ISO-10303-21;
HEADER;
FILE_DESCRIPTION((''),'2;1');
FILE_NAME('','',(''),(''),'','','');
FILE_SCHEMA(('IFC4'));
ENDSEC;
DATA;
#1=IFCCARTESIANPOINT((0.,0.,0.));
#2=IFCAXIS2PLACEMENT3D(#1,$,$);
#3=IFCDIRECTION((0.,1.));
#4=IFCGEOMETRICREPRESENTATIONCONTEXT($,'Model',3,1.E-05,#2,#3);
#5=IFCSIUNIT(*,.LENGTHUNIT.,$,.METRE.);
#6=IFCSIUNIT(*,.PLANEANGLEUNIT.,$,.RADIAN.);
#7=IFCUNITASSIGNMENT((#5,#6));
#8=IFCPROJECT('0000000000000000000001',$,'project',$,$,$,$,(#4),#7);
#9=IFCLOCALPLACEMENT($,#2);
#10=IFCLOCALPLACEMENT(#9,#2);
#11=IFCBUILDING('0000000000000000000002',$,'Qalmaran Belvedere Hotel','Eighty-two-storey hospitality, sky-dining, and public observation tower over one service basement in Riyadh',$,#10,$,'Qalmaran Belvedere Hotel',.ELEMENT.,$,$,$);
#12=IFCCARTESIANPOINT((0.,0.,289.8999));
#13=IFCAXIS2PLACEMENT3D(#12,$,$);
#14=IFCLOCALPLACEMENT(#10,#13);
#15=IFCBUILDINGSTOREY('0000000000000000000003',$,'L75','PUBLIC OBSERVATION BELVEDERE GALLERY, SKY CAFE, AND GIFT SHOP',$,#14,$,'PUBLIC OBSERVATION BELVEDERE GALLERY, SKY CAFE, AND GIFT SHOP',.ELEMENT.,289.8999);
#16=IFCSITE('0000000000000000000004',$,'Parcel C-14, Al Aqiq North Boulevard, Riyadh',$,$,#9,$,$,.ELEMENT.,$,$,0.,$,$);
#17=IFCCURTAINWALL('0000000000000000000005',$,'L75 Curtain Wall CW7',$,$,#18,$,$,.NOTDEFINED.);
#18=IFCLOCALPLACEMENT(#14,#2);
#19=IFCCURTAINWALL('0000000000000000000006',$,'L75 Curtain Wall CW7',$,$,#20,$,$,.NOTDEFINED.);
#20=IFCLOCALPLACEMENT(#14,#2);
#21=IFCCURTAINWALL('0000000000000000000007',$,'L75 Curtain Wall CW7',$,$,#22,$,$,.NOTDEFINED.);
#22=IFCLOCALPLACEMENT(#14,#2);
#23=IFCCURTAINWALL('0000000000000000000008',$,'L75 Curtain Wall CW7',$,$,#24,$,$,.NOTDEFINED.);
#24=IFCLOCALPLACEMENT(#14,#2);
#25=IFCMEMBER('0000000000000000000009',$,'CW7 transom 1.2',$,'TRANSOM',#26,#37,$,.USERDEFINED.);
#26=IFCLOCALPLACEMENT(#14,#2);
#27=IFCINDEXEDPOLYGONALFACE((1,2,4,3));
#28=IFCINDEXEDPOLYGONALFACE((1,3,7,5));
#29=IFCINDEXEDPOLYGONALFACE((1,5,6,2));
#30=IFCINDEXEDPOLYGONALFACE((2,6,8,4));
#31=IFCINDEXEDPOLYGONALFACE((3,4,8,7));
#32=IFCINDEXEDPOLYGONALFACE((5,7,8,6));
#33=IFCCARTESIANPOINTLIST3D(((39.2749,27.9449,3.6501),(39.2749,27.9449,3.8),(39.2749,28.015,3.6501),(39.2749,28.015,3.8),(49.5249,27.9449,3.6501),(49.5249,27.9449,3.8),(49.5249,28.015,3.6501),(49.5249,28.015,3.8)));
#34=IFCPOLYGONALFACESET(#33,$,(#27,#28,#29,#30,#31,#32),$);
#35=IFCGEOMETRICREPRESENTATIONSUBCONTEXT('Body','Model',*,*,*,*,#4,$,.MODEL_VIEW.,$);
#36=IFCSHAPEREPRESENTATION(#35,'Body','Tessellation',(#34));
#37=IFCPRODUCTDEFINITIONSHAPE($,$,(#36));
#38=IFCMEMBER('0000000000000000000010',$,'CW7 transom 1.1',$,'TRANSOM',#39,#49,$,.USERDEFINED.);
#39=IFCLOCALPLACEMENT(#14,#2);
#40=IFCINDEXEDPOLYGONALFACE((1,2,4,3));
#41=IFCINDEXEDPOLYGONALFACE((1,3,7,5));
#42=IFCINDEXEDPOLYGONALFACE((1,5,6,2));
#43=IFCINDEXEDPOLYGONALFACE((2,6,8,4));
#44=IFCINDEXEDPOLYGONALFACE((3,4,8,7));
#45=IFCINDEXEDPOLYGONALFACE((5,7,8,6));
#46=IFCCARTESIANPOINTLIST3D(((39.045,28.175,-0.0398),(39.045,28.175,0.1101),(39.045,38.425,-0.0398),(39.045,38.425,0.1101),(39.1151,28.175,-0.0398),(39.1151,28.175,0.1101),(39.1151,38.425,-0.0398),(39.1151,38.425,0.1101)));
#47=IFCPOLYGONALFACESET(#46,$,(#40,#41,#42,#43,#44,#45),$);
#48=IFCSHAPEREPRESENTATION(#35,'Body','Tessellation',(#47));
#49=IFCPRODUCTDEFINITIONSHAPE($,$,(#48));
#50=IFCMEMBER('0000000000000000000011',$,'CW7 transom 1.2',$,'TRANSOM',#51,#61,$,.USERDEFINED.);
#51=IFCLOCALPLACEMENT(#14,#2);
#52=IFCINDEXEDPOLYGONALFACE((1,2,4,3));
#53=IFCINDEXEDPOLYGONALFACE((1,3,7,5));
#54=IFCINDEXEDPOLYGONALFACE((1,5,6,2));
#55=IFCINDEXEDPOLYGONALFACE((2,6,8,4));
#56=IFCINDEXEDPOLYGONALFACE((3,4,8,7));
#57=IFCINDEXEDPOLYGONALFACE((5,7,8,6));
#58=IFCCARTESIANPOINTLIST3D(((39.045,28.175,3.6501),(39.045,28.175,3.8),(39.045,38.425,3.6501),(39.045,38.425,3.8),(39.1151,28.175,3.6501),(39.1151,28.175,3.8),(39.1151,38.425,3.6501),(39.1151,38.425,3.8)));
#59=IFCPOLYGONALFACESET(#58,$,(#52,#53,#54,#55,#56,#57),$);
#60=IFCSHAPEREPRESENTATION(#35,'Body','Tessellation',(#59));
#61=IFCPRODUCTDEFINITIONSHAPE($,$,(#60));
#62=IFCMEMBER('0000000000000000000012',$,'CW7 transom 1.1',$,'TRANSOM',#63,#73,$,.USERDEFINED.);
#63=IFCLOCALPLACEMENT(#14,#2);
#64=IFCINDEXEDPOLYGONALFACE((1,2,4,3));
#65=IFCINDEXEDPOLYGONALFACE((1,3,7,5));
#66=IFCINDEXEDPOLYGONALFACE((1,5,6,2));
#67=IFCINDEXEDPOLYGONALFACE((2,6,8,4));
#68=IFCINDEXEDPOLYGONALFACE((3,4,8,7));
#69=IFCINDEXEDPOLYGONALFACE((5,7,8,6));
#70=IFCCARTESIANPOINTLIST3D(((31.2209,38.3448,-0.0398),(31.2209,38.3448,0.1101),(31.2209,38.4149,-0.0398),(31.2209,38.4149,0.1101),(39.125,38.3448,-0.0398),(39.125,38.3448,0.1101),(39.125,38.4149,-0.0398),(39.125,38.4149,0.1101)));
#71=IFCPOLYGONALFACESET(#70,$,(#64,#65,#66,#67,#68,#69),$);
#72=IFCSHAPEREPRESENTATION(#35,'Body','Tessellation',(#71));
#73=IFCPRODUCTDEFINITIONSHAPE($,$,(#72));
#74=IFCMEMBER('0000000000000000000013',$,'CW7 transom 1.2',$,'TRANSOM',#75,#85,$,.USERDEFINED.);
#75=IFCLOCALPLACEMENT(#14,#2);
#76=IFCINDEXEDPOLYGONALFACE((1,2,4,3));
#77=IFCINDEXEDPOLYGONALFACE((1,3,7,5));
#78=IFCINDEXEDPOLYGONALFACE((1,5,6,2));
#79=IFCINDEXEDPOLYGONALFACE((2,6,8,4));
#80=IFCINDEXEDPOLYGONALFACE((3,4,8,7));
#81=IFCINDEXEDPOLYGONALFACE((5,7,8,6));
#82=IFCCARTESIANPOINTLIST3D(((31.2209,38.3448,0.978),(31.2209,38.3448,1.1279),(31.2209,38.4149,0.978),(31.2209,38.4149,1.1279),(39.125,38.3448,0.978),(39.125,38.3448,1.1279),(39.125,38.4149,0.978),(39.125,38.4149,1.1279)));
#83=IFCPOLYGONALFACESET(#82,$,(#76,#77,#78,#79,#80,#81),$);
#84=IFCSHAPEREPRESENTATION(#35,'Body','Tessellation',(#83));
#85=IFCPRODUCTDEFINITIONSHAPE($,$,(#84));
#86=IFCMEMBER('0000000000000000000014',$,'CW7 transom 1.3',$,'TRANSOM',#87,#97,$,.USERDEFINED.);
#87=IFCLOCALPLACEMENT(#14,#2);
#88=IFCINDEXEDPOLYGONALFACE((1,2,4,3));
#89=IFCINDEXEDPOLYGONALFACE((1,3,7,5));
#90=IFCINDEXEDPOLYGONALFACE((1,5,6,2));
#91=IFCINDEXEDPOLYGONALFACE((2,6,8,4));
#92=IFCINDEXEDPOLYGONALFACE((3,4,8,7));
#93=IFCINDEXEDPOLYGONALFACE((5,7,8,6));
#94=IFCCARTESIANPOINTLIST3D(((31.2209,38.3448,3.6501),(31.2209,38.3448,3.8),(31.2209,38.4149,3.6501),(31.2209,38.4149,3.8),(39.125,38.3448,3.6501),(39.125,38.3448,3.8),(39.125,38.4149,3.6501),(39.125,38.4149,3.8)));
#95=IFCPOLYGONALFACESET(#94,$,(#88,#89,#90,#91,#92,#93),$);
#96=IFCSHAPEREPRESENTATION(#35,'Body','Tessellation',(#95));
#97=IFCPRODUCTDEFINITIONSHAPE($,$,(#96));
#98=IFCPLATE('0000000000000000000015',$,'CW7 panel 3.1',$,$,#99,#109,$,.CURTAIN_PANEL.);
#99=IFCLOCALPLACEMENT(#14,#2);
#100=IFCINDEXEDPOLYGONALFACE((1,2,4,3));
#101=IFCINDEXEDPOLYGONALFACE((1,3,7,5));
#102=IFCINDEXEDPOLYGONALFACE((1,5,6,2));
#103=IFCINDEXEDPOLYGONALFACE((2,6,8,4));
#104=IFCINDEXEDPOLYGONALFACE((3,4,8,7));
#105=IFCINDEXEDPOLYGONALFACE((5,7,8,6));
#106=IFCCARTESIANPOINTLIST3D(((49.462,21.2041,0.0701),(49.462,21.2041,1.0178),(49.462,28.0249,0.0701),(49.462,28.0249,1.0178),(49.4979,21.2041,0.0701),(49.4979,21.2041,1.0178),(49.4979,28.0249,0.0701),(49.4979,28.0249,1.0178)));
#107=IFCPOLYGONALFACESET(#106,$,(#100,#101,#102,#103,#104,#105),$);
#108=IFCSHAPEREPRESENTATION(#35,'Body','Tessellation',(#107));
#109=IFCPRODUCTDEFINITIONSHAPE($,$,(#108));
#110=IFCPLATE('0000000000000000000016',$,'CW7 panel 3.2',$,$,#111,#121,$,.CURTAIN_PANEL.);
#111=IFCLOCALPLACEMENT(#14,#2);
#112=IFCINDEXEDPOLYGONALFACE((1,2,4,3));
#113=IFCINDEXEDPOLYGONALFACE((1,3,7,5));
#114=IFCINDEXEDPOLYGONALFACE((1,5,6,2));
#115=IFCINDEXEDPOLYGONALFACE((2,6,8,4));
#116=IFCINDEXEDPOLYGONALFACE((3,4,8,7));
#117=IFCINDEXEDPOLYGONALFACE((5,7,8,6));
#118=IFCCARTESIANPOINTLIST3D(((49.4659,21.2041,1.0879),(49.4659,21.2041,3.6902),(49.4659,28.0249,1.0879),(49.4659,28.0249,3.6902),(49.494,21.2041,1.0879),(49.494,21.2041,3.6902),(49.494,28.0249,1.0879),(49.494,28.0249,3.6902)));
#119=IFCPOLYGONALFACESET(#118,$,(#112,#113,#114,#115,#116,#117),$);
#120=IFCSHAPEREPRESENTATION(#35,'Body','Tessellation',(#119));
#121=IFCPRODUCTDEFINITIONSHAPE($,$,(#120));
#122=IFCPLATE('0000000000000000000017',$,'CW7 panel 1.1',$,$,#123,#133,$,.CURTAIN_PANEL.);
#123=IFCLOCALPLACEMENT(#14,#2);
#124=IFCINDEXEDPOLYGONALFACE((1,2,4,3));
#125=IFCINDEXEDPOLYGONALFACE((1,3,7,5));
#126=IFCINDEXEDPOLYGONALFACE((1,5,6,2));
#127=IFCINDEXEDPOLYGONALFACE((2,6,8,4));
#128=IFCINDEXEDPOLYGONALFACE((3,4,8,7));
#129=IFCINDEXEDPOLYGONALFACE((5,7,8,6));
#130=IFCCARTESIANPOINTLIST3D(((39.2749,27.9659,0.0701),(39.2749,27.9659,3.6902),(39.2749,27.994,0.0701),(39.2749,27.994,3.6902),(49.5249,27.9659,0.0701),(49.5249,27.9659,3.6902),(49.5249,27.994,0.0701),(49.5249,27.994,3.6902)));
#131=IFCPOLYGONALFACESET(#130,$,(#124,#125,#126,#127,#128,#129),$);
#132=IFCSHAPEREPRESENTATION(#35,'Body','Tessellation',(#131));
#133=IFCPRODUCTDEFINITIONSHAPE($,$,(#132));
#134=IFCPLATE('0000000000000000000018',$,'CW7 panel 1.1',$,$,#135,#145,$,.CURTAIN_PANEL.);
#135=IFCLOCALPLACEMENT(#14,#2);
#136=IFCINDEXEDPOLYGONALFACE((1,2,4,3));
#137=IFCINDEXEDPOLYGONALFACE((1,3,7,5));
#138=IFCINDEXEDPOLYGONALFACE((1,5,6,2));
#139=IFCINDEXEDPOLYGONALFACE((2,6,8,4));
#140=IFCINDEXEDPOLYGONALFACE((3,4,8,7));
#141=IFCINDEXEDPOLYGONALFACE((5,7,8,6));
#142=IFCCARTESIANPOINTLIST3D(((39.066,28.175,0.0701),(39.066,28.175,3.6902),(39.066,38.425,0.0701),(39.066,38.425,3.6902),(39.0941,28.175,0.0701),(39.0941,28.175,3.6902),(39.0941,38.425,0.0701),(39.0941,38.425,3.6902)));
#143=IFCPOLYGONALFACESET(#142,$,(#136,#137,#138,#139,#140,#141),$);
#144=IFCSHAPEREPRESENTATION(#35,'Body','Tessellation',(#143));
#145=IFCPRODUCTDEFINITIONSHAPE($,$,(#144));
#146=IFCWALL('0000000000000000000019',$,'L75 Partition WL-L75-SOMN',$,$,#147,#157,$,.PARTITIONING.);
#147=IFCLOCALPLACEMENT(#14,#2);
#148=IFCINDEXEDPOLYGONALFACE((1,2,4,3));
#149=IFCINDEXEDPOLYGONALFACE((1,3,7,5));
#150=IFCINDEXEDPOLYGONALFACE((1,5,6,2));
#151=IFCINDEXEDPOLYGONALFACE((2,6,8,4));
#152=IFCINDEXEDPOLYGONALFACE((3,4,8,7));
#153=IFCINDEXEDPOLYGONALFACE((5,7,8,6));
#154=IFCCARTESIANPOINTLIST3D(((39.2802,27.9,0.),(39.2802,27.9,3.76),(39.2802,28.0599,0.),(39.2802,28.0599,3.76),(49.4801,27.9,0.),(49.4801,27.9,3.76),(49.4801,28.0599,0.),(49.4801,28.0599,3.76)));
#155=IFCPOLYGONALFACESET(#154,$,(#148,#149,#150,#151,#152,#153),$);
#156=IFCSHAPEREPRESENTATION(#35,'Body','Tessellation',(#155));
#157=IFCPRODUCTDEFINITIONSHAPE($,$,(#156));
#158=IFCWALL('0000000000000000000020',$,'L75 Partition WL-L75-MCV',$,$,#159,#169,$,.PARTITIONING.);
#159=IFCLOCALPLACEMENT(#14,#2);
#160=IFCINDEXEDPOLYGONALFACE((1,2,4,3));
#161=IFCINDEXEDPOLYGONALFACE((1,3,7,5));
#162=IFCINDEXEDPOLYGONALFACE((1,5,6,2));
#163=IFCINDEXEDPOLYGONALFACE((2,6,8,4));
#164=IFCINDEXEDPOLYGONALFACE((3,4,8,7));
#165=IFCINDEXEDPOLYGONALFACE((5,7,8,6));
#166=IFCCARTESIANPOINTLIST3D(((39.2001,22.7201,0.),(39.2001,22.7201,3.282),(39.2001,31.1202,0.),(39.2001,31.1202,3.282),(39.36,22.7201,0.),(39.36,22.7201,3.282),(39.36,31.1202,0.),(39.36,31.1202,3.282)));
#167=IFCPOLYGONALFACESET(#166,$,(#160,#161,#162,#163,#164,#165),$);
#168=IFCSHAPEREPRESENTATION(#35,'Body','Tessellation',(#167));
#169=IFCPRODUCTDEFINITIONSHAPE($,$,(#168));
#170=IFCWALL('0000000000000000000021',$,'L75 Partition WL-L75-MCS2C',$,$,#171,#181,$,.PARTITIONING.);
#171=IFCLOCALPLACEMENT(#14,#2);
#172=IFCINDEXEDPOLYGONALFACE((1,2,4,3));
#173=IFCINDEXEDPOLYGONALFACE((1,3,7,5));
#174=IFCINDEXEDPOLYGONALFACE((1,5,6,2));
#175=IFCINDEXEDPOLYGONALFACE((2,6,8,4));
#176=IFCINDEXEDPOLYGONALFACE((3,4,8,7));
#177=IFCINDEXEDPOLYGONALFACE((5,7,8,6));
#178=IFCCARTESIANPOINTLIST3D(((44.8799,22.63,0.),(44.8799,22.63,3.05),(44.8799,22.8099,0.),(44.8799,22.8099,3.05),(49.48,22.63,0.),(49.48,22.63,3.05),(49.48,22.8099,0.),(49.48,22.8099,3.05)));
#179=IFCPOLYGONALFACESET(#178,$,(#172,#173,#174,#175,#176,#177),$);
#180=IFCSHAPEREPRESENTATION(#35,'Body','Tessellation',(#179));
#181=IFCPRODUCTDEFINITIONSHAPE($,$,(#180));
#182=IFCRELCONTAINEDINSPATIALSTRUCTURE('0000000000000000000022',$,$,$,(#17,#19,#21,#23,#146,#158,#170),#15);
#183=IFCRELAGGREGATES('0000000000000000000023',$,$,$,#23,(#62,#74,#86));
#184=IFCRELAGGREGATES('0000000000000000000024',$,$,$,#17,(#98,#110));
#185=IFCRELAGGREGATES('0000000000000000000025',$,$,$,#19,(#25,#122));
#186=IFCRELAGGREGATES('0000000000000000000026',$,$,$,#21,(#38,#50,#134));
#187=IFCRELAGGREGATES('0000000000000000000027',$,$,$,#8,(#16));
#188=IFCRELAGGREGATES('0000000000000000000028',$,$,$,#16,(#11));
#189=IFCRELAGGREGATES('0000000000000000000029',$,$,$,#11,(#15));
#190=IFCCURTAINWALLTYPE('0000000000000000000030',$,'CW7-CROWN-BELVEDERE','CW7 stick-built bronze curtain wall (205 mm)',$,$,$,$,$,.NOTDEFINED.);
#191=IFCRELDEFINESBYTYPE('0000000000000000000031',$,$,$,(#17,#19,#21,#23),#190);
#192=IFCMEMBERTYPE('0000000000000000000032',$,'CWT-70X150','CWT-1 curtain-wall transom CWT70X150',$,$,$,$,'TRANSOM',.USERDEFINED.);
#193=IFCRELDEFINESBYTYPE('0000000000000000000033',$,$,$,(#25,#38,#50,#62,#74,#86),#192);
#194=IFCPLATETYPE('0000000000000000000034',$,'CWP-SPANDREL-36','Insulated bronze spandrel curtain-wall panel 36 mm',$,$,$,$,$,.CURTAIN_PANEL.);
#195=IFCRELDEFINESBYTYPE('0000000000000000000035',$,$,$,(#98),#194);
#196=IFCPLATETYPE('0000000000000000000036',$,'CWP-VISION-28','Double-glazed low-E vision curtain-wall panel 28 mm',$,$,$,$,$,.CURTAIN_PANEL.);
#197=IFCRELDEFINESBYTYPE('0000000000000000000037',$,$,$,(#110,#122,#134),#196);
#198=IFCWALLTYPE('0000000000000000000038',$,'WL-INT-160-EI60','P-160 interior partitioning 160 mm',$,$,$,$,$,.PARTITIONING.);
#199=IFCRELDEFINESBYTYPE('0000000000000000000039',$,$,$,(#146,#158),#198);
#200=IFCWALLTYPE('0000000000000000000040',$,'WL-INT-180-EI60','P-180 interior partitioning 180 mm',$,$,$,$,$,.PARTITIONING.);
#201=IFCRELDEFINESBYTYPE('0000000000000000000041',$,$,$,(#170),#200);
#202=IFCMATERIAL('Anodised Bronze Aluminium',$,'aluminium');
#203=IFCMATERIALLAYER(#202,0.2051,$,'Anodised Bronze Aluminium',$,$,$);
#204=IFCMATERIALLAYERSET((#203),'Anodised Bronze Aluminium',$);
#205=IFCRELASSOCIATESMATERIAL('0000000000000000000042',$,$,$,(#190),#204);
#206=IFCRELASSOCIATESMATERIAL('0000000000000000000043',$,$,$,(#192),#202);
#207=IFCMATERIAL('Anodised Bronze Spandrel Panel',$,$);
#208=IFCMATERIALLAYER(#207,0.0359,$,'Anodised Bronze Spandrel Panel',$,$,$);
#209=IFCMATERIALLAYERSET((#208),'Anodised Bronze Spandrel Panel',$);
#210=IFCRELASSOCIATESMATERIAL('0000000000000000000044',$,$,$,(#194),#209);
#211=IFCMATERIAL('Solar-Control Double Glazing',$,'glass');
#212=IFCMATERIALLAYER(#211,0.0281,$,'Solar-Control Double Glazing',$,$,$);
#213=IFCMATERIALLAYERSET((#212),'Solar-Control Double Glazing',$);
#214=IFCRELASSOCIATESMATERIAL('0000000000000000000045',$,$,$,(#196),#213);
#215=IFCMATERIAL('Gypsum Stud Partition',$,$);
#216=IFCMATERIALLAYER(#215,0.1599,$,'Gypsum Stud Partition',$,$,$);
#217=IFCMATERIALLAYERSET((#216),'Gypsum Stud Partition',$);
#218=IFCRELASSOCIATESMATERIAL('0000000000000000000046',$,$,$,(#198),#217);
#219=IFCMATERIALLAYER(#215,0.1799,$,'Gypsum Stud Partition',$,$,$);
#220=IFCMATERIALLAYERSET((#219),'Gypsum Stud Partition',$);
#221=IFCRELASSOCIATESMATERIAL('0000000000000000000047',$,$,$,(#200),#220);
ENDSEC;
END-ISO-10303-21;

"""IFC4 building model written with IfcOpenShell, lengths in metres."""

from ifc_helpers import new_model, si_unit, direction, frame, frame_2d, origin, origin_2d, place, context, subcontext, project, spatial, rectangle, extrude, material, layer, layer_set, material_profile, profile_set, type_object, element, aggregate, save


model = new_model("IFC4")

# Units and contexts
model_context = context("Model", 3, precision=1e-05, world=origin(), true_north=direction((0.0, 1.0)))
body_context = subcontext(model_context, "Body", "Model", "MODEL_VIEW")
ifc_project = project(units=[si_unit("LENGTHUNIT", "METRE"), si_unit("PLANEANGLEUNIT", "RADIAN")], contexts=[model_context])

# Site, building, storey
site_placement = place(None, origin())
site = spatial("IfcSite", under=ifc_project, at=site_placement, Name="Parcel C-14, Al Aqiq North Boulevard, Riyadh", CompositionType="ELEMENT", RefElevation=0.0)
building_placement = place(site_placement, origin())
building = spatial("IfcBuilding", under=site, at=building_placement, Name="Qalmaran Belvedere Hotel", Description="Eighty-two-storey hospitality, sky-dining, and public observation tower over one service basement in Riyadh", LongName="Qalmaran Belvedere Hotel", CompositionType="ELEMENT")
storey_placement = place(building_placement, frame((0.0, 0.0, 289.8999)))
storey = spatial("IfcBuildingStorey", under=building, at=storey_placement, Name="L75", Description="PUBLIC OBSERVATION BELVEDERE GALLERY, SKY CAFE, AND GIFT SHOP", LongName="PUBLIC OBSERVATION BELVEDERE GALLERY, SKY CAFE, AND GIFT SHOP", CompositionType="ELEMENT", Elevation=289.8999)

# Curtain walls
ifc_material_1 = material(Name="Anodised Bronze Aluminium", Category="aluminium")
ifc_layer_1 = layer(ifc_material_1, 0.2051, Name="Anodised Bronze Aluminium")
ifc_layer_set_1 = layer_set([ifc_layer_1], Name="Anodised Bronze Aluminium")
curtain_wall_type = type_object("IfcCurtainWallType", Name="CW7-CROWN-BELVEDERE", Description="CW7 stick-built bronze curtain wall (205 mm)", PredefinedType="NOTDEFINED", material=ifc_layer_set_1)
curtain_wall_1_placement = place(storey_placement, origin())
curtain_wall_1 = element("IfcCurtainWall", 1, at=curtain_wall_1_placement, inside=storey, type_object=curtain_wall_type, Name="L75 Curtain Wall CW7", PredefinedType="NOTDEFINED")
curtain_wall_2_placement = place(storey_placement, origin())
curtain_wall_2 = element("IfcCurtainWall", 2, at=curtain_wall_2_placement, inside=storey, type_object=curtain_wall_type, Name="L75 Curtain Wall CW7", PredefinedType="NOTDEFINED")
curtain_wall_3_placement = place(storey_placement, origin())
curtain_wall_3 = element("IfcCurtainWall", 3, at=curtain_wall_3_placement, inside=storey, type_object=curtain_wall_type, Name="L75 Curtain Wall CW7", PredefinedType="NOTDEFINED")

# Curtain wall
curtain_wall_4_placement = place(storey_placement, origin())
curtain_wall_4 = element("IfcCurtainWall", 4, at=curtain_wall_4_placement, inside=storey, type_object=curtain_wall_type, Name="L75 Curtain Wall CW7", PredefinedType="NOTDEFINED")

# Members
ifc_material_profile_1 = material_profile(ifc_material_1, rectangle(XDim=0.0701, YDim=0.1499, at=origin_2d()), Name="CWT70X150")
ifc_profile_set_1 = profile_set([ifc_material_profile_1], Name="Anodised Bronze Aluminium")
member_type_1 = type_object("IfcMemberType", Name="CWT-70X150", Description="CWT-1 curtain-wall transom CWT70X150", ElementType="TRANSOM", PredefinedType="USERDEFINED", material=ifc_profile_set_1)
member_1_placement = place(storey_placement, frame((49.5249, 27.98, 3.7251), z_axis=(-1.0, 0.0, 0.0), x_axis=(0.0, -1.0, 0.0)))
member_1 = element("IfcMember", 5, at=member_1_placement, type_object=member_type_1, Name="CW7 transom 1.2", ObjectType="TRANSOM", PredefinedType="USERDEFINED", context=body_context, shape_type="SweptSolid", body=[
    extrude(rectangle(XDim=0.0701, YDim=0.1499, at=origin_2d()), origin(), (0.0, 0.0, 1.0), 10.25),
])
member_2_placement = place(storey_placement, frame((39.0801, 28.175, 0.0352), z_axis=(0.0, 1.0, 0.0), x_axis=(-1.0, 0.0, 0.0)))
member_2 = element("IfcMember", 6, at=member_2_placement, type_object=member_type_1, Name="CW7 transom 1.1", ObjectType="TRANSOM", PredefinedType="USERDEFINED", context=body_context, shape_type="SweptSolid", body=[
    extrude(rectangle(XDim=0.0701, YDim=0.1499, at=origin_2d()), origin(), (0.0, 0.0, 1.0), 10.25),
])
member_3_placement = place(storey_placement, frame((39.0801, 28.175, 3.7251), z_axis=(0.0, 1.0, 0.0), x_axis=(-1.0, 0.0, 0.0)))
member_3 = element("IfcMember", 7, at=member_3_placement, type_object=member_type_1, Name="CW7 transom 1.2", ObjectType="TRANSOM", PredefinedType="USERDEFINED", context=body_context, shape_type="SweptSolid", body=[
    extrude(rectangle(XDim=0.0701, YDim=0.1499, at=origin_2d()), origin(), (0.0, 0.0, 1.0), 10.25),
])
member_4_placement = place(storey_placement, frame((39.125, 38.3799, 0.0352), z_axis=(-1.0, 0.0, 0.0), x_axis=(0.0, -1.0, 0.0)))
member_4 = element("IfcMember", 8, at=member_4_placement, type_object=member_type_1, Name="CW7 transom 1.1", ObjectType="TRANSOM", PredefinedType="USERDEFINED", context=body_context, shape_type="SweptSolid", body=[
    extrude(rectangle(XDim=0.0701, YDim=0.1499, at=origin_2d()), origin(), (0.0, 0.0, 1.0), 7.9041),
])
member_5_placement = place(storey_placement, frame((39.125, 38.3799, 1.053), z_axis=(-1.0, 0.0, 0.0), x_axis=(0.0, -1.0, 0.0)))
member_5 = element("IfcMember", 9, at=member_5_placement, type_object=member_type_1, Name="CW7 transom 1.2", ObjectType="TRANSOM", PredefinedType="USERDEFINED", context=body_context, shape_type="SweptSolid", body=[
    extrude(rectangle(XDim=0.0701, YDim=0.1499, at=origin_2d()), origin(), (0.0, 0.0, 1.0), 7.9041),
])
member_6_placement = place(storey_placement, frame((39.125, 38.3799, 3.7251), z_axis=(-1.0, 0.0, 0.0), x_axis=(0.0, -1.0, 0.0)))
member_6 = element("IfcMember", 10, at=member_6_placement, type_object=member_type_1, Name="CW7 transom 1.3", ObjectType="TRANSOM", PredefinedType="USERDEFINED", context=body_context, shape_type="SweptSolid", body=[
    extrude(rectangle(XDim=0.0701, YDim=0.1499, at=origin_2d()), origin(), (0.0, 0.0, 1.0), 7.9041),
])
aggregate(curtain_wall_4, [member_4, member_5, member_6])

# Plates
ifc_material_2 = material(Name="Anodised Bronze Spandrel Panel")
ifc_layer_2 = layer(ifc_material_2, 0.0359, Name="Anodised Bronze Spandrel Panel")
ifc_layer_set_2 = layer_set([ifc_layer_2], Name="Anodised Bronze Spandrel Panel")
plate_type_1 = type_object("IfcPlateType", Name="CWP-SPANDREL-36", Description="Insulated bronze spandrel curtain-wall panel 36 mm", PredefinedType="CURTAIN_PANEL", material=ifc_layer_set_2)
plate_1_placement = place(storey_placement, frame((49.48, 24.6145, 0.0701), z_axis=(0.0, 0.0, 1.0), x_axis=(0.0, 1.0, 0.0)))
plate_1 = element("IfcPlate", 11, at=plate_1_placement, type_object=plate_type_1, Name="CW7 panel 3.1", PredefinedType="CURTAIN_PANEL", context=body_context, shape_type="SweptSolid", body=[
    extrude(rectangle(XDim=6.8208, YDim=0.0359, at=origin_2d()), origin(), (0.0, 0.0, 1.0), 0.9478),
])
ifc_material_3 = material(Name="Solar-Control Double Glazing", Category="glass")
ifc_layer_3 = layer(ifc_material_3, 0.0281, Name="Solar-Control Double Glazing")
ifc_layer_set_3 = layer_set([ifc_layer_3], Name="Solar-Control Double Glazing")
plate_type_2 = type_object("IfcPlateType", Name="CWP-VISION-28", Description="Double-glazed low-E vision curtain-wall panel 28 mm", PredefinedType="CURTAIN_PANEL", material=ifc_layer_set_3)
plate_2_placement = place(storey_placement, frame((49.48, 24.6145, 1.0879), z_axis=(0.0, 0.0, 1.0), x_axis=(0.0, 1.0, 0.0)))
plate_2 = element("IfcPlate", 12, at=plate_2_placement, type_object=plate_type_2, Name="CW7 panel 3.2", PredefinedType="CURTAIN_PANEL", context=body_context, shape_type="SweptSolid", body=[
    extrude(rectangle(XDim=6.8208, YDim=0.0281, at=origin_2d()), origin(), (0.0, 0.0, 1.0), 2.6023),
])
aggregate(curtain_wall_1, [plate_1, plate_2])
plate_3_placement = place(storey_placement, frame((44.3999, 27.98, 0.0701), z_axis=(0.0, 0.0, 1.0), x_axis=(-1.0, 0.0, 0.0)))
plate_3 = element("IfcPlate", 13, at=plate_3_placement, type_object=plate_type_2, Name="CW7 panel 1.1", PredefinedType="CURTAIN_PANEL", context=body_context, shape_type="SweptSolid", body=[
    extrude(rectangle(XDim=10.25, YDim=0.0281, at=origin_2d()), origin(), (0.0, 0.0, 1.0), 3.6201),
])
aggregate(curtain_wall_2, [member_1, plate_3])
plate_4_placement = place(storey_placement, frame((39.0801, 33.3, 0.0701), z_axis=(0.0, 0.0, 1.0), x_axis=(0.0, 1.0, 0.0)))
plate_4 = element("IfcPlate", 14, at=plate_4_placement, type_object=plate_type_2, Name="CW7 panel 1.1", PredefinedType="CURTAIN_PANEL", context=body_context, shape_type="SweptSolid", body=[
    extrude(rectangle(XDim=10.25, YDim=0.0281, at=origin_2d()), origin(), (0.0, 0.0, 1.0), 3.6201),
])
aggregate(curtain_wall_3, [member_2, member_3, plate_4])

# Walls
ifc_material_4 = material(Name="Gypsum Stud Partition")
ifc_layer_4 = layer(ifc_material_4, 0.1599, Name="Gypsum Stud Partition")
ifc_layer_set_4 = layer_set([ifc_layer_4], Name="Gypsum Stud Partition")
wall_type_1 = type_object("IfcWallType", Name="WL-INT-160-EI60", Description="P-160 interior partitioning 160 mm", PredefinedType="PARTITIONING", material=ifc_layer_set_4)
wall_1_placement = place(storey_placement, frame((39.28, 27.98, 0.0), z_axis=(0.0, 0.0, 1.0), x_axis=(1.0, 0.0, 0.0)))
element("IfcWall", 15, at=wall_1_placement, inside=storey, type_object=wall_type_1, Name="L75 Partition WL-L75-SOMN", PredefinedType="PARTITIONING", context=body_context, shape_type="SweptSolid", body=[
    extrude(rectangle(XDim=10.2, YDim=0.1599, at=frame_2d((5.1001, 0.0))), origin(), (0.0, 0.0, 1.0), 3.76),
])
wall_2_placement = place(storey_placement, frame((39.28, 22.72, 0.0), z_axis=(0.0, 0.0, 1.0), x_axis=(0.0, 1.0, 0.0)))
element("IfcWall", 16, at=wall_2_placement, inside=storey, type_object=wall_type_1, Name="L75 Partition WL-L75-MCV", PredefinedType="PARTITIONING", context=body_context, shape_type="SweptSolid", body=[
    extrude(rectangle(XDim=8.4001, YDim=0.1599, at=frame_2d((4.2002, 0.0))), origin(), (0.0, 0.0, 1.0), 3.282),
])

# Shared definitions
ifc_layer_5 = layer(ifc_material_4, 0.1799, Name="Gypsum Stud Partition")
ifc_layer_set_5 = layer_set([ifc_layer_5], Name="Gypsum Stud Partition")
wall_type_2 = type_object("IfcWallType", Name="WL-INT-180-EI60", Description="P-180 interior partitioning 180 mm", PredefinedType="PARTITIONING", material=ifc_layer_set_5)

# Wall
wall_3_placement = place(storey_placement, frame((44.8799, 22.72, 0.0), z_axis=(0.0, 0.0, 1.0), x_axis=(1.0, 0.0, 0.0)))
element("IfcWall", 17, at=wall_3_placement, inside=storey, type_object=wall_type_2, Name="L75 Partition WL-L75-MCS2C", PredefinedType="PARTITIONING", context=body_context, shape_type="SweptSolid", body=[
    extrude(rectangle(XDim=4.6001, YDim=0.1799, at=frame_2d((2.3, 0.0))), origin(), (0.0, 0.0, 1.0), 3.05),
])

save(model, "model.ifc")
